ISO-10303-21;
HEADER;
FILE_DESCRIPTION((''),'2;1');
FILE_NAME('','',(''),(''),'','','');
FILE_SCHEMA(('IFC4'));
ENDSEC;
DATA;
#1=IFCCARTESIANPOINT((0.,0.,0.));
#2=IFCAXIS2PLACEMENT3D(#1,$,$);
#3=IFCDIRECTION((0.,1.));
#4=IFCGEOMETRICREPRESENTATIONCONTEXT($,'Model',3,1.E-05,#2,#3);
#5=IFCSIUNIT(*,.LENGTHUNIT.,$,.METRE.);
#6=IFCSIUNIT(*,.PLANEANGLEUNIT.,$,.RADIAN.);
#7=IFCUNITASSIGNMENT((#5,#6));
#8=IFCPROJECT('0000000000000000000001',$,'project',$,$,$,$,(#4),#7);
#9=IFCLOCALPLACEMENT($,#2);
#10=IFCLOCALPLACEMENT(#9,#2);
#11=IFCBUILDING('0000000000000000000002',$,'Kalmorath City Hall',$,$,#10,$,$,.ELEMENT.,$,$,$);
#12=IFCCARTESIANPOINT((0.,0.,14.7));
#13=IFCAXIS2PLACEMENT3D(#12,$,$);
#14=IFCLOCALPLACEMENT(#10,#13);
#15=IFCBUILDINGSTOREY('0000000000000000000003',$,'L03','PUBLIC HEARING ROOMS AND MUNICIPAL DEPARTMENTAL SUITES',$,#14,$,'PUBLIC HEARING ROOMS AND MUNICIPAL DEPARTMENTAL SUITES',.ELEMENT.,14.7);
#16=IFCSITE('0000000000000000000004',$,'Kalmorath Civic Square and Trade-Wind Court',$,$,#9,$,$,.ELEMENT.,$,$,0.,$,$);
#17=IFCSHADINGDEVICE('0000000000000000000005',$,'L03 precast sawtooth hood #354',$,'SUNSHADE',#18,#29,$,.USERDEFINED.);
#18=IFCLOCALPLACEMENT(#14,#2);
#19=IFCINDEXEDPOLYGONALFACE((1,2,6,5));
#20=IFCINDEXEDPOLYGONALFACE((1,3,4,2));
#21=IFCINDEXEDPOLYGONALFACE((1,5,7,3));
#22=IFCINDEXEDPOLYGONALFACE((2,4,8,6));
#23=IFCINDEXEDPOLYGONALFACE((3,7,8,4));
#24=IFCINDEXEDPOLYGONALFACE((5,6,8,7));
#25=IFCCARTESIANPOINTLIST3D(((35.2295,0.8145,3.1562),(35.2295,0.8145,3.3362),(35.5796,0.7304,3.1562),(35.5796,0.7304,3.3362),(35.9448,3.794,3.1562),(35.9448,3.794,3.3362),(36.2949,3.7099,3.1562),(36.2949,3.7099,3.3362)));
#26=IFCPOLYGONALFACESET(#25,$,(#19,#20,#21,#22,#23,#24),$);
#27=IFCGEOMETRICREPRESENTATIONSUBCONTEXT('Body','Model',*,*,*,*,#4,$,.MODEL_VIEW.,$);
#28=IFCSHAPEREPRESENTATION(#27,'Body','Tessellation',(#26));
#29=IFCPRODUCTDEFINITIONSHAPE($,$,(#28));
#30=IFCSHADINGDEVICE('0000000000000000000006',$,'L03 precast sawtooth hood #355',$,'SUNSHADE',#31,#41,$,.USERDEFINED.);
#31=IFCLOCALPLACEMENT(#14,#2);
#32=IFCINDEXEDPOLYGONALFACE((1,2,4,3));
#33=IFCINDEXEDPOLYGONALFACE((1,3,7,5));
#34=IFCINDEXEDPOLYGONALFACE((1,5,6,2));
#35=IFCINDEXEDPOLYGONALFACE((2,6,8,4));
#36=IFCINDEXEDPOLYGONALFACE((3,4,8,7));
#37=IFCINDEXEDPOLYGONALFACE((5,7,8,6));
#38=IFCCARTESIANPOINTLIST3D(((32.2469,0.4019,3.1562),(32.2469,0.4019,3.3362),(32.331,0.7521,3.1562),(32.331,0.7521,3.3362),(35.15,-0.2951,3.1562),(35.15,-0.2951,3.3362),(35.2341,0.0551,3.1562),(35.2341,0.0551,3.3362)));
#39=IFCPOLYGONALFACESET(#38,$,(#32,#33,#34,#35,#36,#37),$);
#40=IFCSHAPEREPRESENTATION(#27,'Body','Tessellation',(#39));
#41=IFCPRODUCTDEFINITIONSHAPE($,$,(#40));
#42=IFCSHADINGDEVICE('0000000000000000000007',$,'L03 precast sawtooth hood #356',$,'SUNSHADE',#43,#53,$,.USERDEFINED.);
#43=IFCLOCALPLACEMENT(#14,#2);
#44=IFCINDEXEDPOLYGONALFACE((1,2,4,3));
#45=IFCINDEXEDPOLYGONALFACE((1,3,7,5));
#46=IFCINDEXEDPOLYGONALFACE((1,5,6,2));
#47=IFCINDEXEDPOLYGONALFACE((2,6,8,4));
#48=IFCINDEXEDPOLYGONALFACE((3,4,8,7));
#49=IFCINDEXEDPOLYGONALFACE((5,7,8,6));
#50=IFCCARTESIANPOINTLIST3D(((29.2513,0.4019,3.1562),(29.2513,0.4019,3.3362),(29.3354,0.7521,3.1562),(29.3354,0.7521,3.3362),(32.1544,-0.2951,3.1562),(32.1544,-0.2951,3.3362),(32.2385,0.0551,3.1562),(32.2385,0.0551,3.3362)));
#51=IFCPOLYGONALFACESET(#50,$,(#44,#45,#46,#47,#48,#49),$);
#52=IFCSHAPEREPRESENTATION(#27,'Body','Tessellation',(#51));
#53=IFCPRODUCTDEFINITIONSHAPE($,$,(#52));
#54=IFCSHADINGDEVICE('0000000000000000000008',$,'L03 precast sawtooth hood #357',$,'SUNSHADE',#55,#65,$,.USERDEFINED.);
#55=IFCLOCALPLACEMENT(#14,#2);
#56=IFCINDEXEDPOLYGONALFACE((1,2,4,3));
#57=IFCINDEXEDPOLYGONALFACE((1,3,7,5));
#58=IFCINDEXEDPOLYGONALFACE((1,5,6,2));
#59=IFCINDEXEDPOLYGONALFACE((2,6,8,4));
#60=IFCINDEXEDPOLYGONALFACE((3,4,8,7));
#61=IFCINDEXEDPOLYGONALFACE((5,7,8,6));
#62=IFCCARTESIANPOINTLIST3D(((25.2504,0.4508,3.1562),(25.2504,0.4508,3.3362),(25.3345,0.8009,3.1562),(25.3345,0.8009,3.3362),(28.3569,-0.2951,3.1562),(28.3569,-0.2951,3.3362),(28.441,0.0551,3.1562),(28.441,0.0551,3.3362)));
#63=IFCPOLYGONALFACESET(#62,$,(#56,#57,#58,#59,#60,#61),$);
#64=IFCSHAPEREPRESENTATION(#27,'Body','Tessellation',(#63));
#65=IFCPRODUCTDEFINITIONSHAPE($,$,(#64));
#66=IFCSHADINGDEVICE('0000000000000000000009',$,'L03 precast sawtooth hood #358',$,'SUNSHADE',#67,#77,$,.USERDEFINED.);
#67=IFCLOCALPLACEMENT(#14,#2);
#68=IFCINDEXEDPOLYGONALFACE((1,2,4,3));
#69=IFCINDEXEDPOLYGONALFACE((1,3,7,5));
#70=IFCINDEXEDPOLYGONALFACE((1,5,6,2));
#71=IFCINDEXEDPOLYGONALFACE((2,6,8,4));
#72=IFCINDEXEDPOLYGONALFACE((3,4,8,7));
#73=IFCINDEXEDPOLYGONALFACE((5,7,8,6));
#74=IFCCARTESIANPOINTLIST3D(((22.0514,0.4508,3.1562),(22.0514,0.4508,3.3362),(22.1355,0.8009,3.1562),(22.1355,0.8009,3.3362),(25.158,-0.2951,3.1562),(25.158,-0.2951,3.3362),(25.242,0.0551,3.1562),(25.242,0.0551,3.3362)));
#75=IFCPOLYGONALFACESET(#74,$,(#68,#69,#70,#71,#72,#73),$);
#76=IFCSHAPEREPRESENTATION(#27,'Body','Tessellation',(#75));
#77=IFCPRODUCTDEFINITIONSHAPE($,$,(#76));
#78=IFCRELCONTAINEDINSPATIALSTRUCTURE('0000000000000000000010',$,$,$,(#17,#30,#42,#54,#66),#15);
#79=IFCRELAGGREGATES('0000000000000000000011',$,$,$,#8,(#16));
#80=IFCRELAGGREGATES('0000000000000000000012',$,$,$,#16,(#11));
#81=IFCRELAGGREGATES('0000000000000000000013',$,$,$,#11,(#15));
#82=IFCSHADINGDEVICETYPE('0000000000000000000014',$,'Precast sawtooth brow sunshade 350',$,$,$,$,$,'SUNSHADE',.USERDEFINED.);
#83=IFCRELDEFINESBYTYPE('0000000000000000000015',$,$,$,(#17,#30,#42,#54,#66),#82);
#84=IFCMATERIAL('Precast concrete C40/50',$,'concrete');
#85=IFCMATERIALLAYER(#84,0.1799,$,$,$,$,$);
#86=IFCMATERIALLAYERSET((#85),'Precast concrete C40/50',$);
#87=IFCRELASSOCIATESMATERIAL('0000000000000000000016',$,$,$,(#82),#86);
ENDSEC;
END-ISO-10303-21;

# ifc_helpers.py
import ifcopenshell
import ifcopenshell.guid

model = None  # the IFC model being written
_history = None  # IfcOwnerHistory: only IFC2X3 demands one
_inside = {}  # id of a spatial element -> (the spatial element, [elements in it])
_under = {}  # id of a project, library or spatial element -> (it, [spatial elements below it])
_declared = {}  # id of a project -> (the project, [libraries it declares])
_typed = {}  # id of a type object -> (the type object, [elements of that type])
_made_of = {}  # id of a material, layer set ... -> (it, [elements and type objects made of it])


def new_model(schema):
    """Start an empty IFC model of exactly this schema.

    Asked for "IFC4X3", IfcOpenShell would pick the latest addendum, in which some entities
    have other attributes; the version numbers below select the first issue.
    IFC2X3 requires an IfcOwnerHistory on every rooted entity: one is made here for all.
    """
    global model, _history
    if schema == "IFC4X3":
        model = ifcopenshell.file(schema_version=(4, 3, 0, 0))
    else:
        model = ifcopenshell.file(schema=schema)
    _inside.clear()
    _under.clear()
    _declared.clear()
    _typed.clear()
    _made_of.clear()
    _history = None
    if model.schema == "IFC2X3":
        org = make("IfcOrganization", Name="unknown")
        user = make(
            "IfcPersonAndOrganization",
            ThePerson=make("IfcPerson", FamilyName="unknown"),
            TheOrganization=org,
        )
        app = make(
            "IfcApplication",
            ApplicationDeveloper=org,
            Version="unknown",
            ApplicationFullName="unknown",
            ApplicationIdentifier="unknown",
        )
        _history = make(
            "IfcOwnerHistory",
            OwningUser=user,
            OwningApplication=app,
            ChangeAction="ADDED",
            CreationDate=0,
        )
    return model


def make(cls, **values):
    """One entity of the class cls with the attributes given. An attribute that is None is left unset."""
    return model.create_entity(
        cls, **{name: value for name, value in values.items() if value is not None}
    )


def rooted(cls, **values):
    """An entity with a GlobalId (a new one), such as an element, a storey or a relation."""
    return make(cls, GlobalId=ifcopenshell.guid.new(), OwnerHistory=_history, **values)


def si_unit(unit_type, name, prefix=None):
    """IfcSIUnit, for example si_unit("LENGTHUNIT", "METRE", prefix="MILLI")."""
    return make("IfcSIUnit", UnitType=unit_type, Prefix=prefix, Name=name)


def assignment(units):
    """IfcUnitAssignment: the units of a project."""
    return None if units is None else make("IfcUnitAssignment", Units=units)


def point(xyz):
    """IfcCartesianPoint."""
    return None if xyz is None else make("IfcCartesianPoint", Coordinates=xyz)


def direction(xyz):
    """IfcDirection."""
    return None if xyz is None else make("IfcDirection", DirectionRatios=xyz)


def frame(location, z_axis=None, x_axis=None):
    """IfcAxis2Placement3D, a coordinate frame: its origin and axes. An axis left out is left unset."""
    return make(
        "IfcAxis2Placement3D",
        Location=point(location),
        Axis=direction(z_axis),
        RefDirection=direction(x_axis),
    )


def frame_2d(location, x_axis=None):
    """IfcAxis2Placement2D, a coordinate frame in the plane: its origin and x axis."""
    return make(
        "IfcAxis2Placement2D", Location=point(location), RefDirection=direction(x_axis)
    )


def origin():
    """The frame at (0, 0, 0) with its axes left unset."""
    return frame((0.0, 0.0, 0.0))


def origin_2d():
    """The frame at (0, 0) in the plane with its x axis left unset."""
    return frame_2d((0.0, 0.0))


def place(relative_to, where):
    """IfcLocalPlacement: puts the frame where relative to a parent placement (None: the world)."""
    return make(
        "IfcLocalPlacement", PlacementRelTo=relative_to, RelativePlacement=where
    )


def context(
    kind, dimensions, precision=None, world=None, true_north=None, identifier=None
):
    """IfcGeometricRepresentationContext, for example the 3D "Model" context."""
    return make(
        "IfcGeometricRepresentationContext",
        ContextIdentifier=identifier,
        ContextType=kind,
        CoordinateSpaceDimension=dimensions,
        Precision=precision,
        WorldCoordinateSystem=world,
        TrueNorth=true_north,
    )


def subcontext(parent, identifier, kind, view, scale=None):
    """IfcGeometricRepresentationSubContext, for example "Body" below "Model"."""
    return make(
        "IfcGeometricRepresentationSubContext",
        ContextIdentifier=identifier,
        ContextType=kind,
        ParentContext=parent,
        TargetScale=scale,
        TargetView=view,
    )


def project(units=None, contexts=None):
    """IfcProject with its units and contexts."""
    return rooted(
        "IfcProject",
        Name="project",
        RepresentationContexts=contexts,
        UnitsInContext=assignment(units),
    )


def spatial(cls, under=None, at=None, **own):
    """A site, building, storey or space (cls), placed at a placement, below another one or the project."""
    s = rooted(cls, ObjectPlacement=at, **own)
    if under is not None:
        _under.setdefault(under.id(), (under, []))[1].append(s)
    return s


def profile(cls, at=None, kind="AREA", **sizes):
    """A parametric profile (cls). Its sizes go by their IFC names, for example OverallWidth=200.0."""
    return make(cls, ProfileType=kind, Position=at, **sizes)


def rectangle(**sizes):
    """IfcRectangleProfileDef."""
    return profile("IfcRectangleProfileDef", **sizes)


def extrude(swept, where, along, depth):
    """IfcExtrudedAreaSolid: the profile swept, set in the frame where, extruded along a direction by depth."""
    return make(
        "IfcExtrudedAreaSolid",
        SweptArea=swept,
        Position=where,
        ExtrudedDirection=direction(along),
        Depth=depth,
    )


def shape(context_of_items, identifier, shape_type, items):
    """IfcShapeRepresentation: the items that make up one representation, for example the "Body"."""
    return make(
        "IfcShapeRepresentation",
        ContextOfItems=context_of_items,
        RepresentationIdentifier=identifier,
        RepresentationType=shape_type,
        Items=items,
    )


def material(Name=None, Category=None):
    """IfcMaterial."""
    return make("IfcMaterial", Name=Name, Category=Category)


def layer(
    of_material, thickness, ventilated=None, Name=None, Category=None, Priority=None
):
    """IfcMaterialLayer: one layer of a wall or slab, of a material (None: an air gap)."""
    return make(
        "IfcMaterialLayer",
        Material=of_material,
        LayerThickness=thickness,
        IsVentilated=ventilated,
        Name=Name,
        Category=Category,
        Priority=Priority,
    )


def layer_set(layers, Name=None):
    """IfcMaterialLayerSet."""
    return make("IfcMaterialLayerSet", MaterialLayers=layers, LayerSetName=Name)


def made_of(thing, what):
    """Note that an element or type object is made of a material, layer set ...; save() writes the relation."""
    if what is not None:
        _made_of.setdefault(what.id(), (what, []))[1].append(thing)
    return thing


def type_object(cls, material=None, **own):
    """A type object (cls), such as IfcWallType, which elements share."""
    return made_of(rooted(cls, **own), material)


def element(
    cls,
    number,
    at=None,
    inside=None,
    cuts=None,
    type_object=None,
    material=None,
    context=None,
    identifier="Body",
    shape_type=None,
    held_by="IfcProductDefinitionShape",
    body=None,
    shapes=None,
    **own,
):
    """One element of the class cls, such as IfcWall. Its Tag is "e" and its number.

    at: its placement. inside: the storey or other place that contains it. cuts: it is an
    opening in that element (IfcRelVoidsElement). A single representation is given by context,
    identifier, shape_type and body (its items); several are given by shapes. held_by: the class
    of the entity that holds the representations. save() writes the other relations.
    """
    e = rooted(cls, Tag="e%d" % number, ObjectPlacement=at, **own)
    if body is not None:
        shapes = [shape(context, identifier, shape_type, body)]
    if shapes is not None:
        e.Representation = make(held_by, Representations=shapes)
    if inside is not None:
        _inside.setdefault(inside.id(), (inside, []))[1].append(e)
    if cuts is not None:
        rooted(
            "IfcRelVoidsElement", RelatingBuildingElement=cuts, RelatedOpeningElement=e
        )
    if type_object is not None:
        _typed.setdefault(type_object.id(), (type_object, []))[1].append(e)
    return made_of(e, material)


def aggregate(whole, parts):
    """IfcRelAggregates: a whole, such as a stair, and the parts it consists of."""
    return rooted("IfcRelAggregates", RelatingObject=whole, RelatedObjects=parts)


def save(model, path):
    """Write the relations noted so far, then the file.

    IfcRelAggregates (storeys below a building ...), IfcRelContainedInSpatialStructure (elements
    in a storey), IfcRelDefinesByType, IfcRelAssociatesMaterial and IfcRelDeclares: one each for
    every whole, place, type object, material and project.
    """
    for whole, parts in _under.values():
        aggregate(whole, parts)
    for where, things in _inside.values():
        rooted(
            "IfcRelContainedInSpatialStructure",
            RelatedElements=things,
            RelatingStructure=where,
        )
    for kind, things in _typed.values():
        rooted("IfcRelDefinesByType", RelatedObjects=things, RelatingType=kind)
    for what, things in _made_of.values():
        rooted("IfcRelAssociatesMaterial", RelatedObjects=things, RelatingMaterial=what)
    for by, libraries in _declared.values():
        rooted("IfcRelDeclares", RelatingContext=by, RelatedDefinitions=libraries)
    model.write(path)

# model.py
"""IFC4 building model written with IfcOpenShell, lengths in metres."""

from ifc_helpers import new_model, si_unit, direction, frame, origin, origin_2d, place, context, subcontext, project, spatial, rectangle, extrude, material, layer, layer_set, type_object, element, save


model = new_model("IFC4")

# Units and contexts
model_context = context("Model", 3, precision=1e-05, world=origin(), true_north=direction((0.0, 1.0)))
body_context = subcontext(model_context, "Body", "Model", "MODEL_VIEW")
ifc_project = project(units=[si_unit("LENGTHUNIT", "METRE"), si_unit("PLANEANGLEUNIT", "RADIAN")], contexts=[model_context])

# Site, building, storey
site_placement = place(None, origin())
site = spatial("IfcSite", under=ifc_project, at=site_placement, Name="Kalmorath Civic Square and Trade-Wind Court", CompositionType="ELEMENT", RefElevation=0.0)
building_placement = place(site_placement, origin())
building = spatial("IfcBuilding", under=site, at=building_placement, Name="Kalmorath City Hall", CompositionType="ELEMENT")
storey_placement = place(building_placement, frame((0.0, 0.0, 14.7)))
storey = spatial("IfcBuildingStorey", under=building, at=storey_placement, Name="L03", Description="PUBLIC HEARING ROOMS AND MUNICIPAL DEPARTMENTAL SUITES", LongName="PUBLIC HEARING ROOMS AND MUNICIPAL DEPARTMENTAL SUITES", CompositionType="ELEMENT", Elevation=14.7)

# Shading devices
ifc_material_1 = material(Name="Precast concrete C40/50", Category="concrete")
ifc_layer_1 = layer(ifc_material_1, 0.1799)
ifc_layer_set_1 = layer_set([ifc_layer_1], Name="Precast concrete C40/50")
shading_device_type = type_object("IfcShadingDeviceType", Name="Precast sawtooth brow sunshade 350", ElementType="SUNSHADE", PredefinedType="USERDEFINED", material=ifc_layer_set_1)
for number, where, z_axis, x_axis, name in (
    (1, (35.7622, 2.2622, 3.1562), (0.0, 0.0, 1.0), (-0.233445, -0.97237, 0.0), "L03 precast sawtooth hood #354"),
):
    element("IfcShadingDevice", number, at=place(storey_placement, frame(where, z_axis=z_axis, x_axis=x_axis)), inside=storey, type_object=shading_device_type, Name=name, ObjectType="SUNSHADE", PredefinedType="USERDEFINED", context=body_context, shape_type="SweptSolid", body=[
        extrude(rectangle(XDim=3.0642, YDim=0.3601, at=origin_2d()), origin(), (0.0, 0.0, 1.0), 0.1799),
    ])
for number, where, z_axis, x_axis, name in (
    (2, (33.7405, 0.2285, 3.1562), (0.0, 0.0, 1.0), (-0.972366, 0.233462, 0.0), "L03 precast sawtooth hood #355"),
    (3, (30.7449, 0.2285, 3.1562), (0.0, 0.0, 1.0), (-0.972366, 0.233462, 0.0), "L03 precast sawtooth hood #356"),
):
    element("IfcShadingDevice", number, at=place(storey_placement, frame(where, z_axis=z_axis, x_axis=x_axis)), inside=storey, type_object=shading_device_type, Name=name, ObjectType="SUNSHADE", PredefinedType="USERDEFINED", context=body_context, shape_type="SweptSolid", body=[
        extrude(rectangle(XDim=2.9856, YDim=0.3601, at=origin_2d()), origin(), (0.0, 0.0, 1.0), 0.1799),
    ])
for number, where, z_axis, x_axis, name in (
    (4, (26.8457, 0.2529, 3.1562), (0.0, 0.0, 1.0), (-0.97237, 0.233445, 0.0), "L03 precast sawtooth hood #357"),
    (5, (23.6467, 0.2529, 3.1562), (0.0, 0.0, 1.0), (-0.97237, 0.233445, 0.0), "L03 precast sawtooth hood #358"),
):
    element("IfcShadingDevice", number, at=place(storey_placement, frame(where, z_axis=z_axis, x_axis=x_axis)), inside=storey, type_object=shading_device_type, Name=name, ObjectType="SUNSHADE", PredefinedType="USERDEFINED", context=body_context, shape_type="SweptSolid", body=[
        extrude(rectangle(XDim=3.1948, YDim=0.3601, at=origin_2d()), origin(), (0.0, 0.0, 1.0), 0.1799),
    ])

save(model, "model.ifc")
